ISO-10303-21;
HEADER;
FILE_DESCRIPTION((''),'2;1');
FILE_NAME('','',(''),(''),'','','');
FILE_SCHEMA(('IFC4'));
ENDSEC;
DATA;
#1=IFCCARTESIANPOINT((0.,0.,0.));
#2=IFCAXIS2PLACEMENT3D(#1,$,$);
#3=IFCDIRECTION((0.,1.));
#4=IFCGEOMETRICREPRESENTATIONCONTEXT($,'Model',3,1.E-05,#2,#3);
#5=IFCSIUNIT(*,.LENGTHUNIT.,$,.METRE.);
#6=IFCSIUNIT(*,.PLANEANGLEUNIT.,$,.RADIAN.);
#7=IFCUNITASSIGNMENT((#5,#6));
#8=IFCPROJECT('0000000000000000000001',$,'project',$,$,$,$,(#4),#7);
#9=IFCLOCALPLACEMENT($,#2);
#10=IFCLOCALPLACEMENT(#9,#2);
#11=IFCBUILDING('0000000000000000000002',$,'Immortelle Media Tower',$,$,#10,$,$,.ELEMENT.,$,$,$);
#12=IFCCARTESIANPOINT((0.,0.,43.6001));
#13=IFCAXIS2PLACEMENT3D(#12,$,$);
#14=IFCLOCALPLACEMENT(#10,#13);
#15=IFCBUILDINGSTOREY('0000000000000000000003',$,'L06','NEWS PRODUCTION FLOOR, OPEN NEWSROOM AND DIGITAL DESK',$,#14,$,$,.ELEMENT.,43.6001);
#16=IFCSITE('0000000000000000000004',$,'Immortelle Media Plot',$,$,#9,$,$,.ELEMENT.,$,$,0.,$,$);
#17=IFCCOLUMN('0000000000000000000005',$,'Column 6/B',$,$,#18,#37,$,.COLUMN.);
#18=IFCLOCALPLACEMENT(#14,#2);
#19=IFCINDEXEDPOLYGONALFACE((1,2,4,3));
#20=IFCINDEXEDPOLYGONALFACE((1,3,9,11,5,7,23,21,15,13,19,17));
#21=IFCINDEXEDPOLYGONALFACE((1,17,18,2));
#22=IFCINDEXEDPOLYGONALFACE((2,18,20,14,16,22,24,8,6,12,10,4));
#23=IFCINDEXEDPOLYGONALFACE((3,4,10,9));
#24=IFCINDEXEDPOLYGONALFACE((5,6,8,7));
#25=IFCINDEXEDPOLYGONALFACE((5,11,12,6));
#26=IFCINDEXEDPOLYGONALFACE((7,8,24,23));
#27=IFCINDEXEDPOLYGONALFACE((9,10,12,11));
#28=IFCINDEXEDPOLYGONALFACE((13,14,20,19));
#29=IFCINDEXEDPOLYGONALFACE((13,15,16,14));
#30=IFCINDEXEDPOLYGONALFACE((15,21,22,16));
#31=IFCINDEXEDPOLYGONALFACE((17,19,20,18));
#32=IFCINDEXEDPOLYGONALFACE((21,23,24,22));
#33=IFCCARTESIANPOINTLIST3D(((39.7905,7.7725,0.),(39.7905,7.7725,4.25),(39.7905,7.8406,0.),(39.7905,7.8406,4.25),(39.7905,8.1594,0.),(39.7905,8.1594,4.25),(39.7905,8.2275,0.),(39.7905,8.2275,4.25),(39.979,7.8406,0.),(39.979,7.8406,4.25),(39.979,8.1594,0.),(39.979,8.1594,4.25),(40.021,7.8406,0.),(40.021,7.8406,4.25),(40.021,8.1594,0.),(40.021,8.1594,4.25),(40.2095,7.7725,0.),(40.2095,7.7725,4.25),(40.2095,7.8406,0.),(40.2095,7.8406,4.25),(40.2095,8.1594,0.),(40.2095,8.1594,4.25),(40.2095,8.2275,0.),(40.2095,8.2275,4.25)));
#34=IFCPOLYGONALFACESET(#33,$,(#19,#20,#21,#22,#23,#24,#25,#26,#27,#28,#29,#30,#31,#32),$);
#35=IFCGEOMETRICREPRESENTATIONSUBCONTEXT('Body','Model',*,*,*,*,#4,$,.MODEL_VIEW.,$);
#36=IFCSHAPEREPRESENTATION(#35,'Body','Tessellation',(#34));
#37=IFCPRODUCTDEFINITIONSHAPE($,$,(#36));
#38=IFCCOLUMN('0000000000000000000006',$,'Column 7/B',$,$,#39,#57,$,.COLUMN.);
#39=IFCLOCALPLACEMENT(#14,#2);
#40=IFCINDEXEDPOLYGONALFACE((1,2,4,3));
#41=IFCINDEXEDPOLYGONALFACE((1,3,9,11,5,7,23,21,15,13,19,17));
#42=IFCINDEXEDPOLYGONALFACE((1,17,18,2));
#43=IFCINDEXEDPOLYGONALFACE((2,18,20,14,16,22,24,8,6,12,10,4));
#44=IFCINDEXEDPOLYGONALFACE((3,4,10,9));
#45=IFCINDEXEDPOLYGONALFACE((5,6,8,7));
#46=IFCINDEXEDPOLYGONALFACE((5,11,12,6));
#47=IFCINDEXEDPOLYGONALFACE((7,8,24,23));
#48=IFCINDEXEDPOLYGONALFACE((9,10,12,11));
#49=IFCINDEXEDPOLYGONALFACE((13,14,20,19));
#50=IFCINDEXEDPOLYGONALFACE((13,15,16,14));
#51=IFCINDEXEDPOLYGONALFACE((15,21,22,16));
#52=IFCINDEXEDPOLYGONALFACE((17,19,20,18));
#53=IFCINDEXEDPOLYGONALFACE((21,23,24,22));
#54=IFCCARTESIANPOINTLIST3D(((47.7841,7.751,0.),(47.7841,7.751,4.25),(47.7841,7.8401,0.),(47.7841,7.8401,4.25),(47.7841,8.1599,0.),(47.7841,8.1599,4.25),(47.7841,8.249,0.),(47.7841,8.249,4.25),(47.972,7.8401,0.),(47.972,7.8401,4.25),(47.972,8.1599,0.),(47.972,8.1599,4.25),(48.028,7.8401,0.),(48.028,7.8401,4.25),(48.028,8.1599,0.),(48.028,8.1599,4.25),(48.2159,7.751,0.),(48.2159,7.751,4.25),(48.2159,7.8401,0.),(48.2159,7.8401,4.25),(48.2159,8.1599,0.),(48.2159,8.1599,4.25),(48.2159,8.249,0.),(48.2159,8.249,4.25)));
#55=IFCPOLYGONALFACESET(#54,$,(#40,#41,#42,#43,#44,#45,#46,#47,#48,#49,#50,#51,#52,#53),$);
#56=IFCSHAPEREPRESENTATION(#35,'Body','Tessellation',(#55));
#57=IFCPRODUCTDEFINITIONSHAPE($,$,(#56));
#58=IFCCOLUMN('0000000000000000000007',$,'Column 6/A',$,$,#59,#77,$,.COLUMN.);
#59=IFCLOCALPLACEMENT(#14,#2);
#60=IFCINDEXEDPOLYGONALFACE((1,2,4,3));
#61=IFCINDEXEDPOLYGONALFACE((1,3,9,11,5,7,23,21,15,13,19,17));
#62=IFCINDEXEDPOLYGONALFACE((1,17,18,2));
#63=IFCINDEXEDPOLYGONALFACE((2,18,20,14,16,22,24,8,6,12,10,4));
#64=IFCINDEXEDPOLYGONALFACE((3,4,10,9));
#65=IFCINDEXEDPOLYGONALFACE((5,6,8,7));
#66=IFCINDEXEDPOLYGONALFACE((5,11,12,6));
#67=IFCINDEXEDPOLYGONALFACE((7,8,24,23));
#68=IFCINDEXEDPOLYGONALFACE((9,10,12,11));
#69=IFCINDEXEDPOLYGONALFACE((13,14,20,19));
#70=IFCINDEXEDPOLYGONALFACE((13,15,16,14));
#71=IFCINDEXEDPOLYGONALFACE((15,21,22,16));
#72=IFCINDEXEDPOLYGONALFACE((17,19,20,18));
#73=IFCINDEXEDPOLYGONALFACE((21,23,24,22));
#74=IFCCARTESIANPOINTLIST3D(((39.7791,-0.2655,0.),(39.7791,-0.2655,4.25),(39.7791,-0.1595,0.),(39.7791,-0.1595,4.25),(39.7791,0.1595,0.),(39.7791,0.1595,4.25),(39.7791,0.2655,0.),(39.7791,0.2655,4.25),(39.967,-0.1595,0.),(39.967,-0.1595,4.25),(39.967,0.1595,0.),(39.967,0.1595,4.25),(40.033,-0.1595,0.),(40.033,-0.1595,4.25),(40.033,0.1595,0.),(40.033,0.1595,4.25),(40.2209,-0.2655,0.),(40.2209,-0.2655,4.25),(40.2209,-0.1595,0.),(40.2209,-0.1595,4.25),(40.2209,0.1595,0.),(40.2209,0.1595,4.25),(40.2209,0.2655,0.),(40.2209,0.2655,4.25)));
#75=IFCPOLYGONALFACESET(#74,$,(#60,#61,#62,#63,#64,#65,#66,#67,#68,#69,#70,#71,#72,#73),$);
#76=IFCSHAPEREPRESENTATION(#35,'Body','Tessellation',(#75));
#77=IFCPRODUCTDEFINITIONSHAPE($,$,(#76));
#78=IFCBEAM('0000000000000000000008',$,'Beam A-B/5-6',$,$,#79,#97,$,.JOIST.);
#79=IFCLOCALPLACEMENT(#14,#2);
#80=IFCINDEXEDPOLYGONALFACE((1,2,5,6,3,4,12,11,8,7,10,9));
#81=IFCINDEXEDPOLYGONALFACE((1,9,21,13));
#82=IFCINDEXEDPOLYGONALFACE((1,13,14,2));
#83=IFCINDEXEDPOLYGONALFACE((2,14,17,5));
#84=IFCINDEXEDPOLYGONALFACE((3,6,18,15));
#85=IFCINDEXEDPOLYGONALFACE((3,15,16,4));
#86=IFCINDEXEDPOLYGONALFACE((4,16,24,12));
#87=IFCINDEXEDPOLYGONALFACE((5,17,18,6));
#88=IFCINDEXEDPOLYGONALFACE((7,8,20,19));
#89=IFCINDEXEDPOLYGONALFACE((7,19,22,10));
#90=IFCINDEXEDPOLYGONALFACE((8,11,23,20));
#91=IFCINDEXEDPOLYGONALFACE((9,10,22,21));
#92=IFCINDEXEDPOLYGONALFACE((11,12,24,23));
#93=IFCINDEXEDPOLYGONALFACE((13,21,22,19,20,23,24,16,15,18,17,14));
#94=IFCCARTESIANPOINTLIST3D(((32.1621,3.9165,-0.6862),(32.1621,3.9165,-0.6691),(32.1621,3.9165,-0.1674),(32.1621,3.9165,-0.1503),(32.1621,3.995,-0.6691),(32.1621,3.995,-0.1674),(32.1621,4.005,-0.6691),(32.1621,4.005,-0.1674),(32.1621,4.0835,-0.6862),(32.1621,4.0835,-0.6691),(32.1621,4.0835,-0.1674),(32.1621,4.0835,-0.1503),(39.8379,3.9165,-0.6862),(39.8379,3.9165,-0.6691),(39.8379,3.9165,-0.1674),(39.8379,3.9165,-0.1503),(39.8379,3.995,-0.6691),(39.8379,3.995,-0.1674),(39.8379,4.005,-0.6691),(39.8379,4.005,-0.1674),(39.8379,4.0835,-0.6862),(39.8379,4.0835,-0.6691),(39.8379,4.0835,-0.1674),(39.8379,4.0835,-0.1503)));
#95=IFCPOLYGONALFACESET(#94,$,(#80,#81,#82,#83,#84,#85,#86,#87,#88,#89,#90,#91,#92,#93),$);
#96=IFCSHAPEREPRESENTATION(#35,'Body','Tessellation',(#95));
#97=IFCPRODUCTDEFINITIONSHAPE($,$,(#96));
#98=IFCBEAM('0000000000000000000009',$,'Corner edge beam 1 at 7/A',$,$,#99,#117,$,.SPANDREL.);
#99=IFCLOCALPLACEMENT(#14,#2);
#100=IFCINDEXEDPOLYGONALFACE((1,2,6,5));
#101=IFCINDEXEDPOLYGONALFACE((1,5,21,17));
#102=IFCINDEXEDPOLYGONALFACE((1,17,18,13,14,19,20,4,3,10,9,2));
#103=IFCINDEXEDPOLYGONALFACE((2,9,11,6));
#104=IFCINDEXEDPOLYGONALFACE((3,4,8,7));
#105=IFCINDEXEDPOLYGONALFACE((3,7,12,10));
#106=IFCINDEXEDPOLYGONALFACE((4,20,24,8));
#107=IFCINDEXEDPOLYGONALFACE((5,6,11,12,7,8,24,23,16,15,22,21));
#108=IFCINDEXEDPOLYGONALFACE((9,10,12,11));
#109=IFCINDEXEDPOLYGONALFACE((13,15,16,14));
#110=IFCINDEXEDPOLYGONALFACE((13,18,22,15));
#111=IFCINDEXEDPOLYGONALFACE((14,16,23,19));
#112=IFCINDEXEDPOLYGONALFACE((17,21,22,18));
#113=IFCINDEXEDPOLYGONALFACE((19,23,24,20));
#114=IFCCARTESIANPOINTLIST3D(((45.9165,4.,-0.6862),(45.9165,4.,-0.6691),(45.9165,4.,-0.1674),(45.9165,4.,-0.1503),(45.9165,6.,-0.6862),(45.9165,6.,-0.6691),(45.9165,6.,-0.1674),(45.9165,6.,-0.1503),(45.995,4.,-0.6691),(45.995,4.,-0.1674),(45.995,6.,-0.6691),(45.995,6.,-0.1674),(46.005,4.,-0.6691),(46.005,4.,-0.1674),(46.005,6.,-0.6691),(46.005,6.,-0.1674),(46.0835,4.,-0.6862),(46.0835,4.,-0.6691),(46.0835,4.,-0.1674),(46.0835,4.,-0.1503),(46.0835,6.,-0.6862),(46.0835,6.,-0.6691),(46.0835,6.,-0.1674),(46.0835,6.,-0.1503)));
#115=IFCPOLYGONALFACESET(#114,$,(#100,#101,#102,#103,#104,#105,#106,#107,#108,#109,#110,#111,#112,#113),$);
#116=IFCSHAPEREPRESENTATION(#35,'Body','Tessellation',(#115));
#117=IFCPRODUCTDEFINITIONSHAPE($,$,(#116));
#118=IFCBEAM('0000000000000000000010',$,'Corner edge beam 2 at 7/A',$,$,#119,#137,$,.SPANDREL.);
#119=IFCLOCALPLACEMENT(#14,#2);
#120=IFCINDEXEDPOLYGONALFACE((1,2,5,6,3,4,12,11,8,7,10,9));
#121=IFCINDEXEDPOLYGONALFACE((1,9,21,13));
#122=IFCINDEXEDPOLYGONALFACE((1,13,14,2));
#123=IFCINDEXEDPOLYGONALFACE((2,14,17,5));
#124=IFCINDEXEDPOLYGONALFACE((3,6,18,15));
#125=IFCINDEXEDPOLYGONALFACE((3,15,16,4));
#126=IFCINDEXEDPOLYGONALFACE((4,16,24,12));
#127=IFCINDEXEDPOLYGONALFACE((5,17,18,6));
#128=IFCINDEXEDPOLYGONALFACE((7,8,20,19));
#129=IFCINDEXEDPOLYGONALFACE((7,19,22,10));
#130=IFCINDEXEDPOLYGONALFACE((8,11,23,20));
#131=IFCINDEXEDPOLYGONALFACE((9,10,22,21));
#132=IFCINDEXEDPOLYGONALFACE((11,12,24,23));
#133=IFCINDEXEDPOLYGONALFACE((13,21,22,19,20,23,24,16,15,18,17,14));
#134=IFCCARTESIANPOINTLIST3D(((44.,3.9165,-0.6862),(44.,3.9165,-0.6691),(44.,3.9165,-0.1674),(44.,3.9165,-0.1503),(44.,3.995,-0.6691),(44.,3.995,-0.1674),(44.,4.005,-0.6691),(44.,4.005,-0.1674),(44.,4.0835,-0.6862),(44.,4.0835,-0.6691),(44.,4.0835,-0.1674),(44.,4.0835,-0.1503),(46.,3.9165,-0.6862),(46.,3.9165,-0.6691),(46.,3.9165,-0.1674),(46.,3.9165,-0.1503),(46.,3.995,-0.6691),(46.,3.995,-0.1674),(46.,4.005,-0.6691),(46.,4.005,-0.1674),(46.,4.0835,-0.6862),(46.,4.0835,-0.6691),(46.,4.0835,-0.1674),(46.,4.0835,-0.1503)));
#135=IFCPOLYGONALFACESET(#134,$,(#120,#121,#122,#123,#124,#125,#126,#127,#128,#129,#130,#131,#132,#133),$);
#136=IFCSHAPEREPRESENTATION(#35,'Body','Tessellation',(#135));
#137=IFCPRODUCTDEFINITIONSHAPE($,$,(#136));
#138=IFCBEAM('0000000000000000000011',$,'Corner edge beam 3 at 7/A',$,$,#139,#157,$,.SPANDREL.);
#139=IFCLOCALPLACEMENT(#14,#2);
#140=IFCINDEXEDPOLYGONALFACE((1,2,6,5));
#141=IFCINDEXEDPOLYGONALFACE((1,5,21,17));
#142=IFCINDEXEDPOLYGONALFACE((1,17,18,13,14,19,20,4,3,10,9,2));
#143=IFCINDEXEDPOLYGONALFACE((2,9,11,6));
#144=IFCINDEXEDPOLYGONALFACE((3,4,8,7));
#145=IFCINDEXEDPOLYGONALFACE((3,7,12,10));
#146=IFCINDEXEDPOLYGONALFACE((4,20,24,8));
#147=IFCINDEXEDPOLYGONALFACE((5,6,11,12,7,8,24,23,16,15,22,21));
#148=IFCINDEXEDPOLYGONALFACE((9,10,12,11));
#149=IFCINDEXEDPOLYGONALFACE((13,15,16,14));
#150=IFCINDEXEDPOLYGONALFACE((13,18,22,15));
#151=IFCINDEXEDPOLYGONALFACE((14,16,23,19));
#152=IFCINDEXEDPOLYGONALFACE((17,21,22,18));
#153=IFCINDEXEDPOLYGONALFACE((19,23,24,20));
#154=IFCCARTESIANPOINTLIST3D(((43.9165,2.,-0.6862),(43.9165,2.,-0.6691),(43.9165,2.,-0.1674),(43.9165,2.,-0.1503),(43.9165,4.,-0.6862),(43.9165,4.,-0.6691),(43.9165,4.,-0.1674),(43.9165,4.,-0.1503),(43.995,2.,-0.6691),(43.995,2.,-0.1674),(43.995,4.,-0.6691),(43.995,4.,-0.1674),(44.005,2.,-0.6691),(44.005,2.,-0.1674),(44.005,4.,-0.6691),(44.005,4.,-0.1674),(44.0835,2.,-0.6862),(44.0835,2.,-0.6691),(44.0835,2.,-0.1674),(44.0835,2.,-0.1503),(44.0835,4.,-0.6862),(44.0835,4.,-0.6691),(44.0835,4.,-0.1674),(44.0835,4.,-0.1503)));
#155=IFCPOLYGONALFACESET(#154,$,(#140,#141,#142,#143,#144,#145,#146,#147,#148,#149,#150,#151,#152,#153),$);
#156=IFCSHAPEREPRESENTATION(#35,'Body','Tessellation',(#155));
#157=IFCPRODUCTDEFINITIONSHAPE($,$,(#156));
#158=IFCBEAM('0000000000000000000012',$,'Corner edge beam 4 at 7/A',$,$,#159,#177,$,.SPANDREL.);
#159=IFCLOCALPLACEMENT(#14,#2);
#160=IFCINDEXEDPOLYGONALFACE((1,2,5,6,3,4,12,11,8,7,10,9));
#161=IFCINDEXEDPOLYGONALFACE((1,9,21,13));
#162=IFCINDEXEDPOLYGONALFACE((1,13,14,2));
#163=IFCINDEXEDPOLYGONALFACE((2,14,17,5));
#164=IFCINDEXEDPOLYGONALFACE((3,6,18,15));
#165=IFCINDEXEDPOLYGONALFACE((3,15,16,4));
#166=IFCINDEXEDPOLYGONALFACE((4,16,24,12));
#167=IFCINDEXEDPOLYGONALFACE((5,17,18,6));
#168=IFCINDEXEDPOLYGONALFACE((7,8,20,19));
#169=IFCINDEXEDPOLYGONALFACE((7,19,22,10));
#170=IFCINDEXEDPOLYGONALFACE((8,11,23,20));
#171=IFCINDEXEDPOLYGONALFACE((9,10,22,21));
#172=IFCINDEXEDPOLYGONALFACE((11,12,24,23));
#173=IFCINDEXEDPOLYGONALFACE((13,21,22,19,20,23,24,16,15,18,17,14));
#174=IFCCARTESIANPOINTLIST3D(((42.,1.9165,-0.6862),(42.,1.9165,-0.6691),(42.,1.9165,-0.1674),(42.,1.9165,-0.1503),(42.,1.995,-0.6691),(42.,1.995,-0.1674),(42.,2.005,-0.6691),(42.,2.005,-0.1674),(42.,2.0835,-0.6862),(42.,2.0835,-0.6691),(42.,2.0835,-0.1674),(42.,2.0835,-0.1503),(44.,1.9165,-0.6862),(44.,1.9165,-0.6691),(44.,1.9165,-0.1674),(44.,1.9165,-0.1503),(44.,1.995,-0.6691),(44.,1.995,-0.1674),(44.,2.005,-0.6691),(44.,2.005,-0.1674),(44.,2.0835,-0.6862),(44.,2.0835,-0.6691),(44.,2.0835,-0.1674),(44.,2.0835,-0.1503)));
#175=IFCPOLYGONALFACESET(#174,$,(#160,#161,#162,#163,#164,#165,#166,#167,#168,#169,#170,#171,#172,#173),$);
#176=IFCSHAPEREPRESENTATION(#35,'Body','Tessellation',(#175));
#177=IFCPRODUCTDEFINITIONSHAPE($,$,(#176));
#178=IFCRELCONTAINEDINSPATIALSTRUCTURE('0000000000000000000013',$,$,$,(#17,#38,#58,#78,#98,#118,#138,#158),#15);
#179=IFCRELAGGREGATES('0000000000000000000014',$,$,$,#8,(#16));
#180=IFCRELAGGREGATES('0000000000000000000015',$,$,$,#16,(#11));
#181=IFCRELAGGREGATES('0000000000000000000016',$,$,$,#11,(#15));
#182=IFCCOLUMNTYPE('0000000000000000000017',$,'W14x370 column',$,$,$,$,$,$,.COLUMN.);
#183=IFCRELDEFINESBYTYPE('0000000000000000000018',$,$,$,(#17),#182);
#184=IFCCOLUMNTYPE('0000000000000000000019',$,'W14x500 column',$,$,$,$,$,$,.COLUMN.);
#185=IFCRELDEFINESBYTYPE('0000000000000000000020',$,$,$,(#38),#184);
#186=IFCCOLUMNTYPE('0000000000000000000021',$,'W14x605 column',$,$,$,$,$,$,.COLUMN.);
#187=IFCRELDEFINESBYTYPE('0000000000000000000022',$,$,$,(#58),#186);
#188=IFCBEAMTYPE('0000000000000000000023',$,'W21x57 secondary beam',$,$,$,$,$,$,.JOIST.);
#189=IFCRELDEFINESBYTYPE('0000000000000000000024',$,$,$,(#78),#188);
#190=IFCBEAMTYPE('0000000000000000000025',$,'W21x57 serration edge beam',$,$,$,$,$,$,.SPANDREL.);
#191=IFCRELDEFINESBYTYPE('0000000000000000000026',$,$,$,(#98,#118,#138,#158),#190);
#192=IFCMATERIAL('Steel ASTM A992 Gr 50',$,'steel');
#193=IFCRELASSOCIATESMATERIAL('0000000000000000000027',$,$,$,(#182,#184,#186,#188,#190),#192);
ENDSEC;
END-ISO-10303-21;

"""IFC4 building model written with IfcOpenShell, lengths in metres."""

from ifc_helpers import new_model, si_unit, direction, frame, origin, origin_2d, place, context, subcontext, project, spatial, i_section, extrude, material, material_profile, profile_set, type_object, element, save


model = new_model("IFC4")

# Units and contexts
model_context = context("Model", 3, precision=1e-05, world=origin(), true_north=direction((0.0, 1.0)))
body_context = subcontext(model_context, "Body", "Model", "MODEL_VIEW")
ifc_project = project(units=[si_unit("LENGTHUNIT", "METRE"), si_unit("PLANEANGLEUNIT", "RADIAN")], contexts=[model_context])

# Site, building, storey
site_placement = place(None, origin())
site = spatial("IfcSite", under=ifc_project, at=site_placement, Name="Immortelle Media Plot", CompositionType="ELEMENT", RefElevation=0.0)
building_placement = place(site_placement, origin())
building = spatial("IfcBuilding", under=site, at=building_placement, Name="Immortelle Media Tower", CompositionType="ELEMENT")
storey_placement = place(building_placement, frame((0.0, 0.0, 43.6001)))
storey = spatial("IfcBuildingStorey", under=building, at=storey_placement, Name="L06", Description="NEWS PRODUCTION FLOOR, OPEN NEWSROOM AND DIGITAL DESK", CompositionType="ELEMENT", Elevation=43.6001)

# Columns
ifc_material_1 = material(Name="Steel ASTM A992 Gr 50", Category="steel")
ifc_material_profile_1 = material_profile(ifc_material_1, i_section(OverallWidth=0.4189, OverallDepth=0.4551, WebThickness=0.042, FlangeThickness=0.0681, at=origin_2d()), Name="W14x370")
ifc_profile_set_1 = profile_set([ifc_material_profile_1], Name="Steel ASTM A992 Gr 50")
column_type_1 = type_object("IfcColumnType", Name="W14x370 column", PredefinedType="COLUMN", material=ifc_profile_set_1)
column_1_placement = place(storey_placement, frame((40.0, 8.0, 0.0), z_axis=(0.0, 0.0, 1.0), x_axis=(1.0, 0.0, 0.0)))
element("IfcColumn", 1, at=column_1_placement, inside=storey, type_object=column_type_1, Name="Column 6/B", PredefinedType="COLUMN", context=body_context, shape_type="SweptSolid", body=[
    extrude(i_section(OverallWidth=0.4189, OverallDepth=0.4551, WebThickness=0.042, FlangeThickness=0.0681, at=origin_2d()), origin(), (0.0, 0.0, 1.0), 4.25),
])
ifc_material_profile_2 = material_profile(ifc_material_1, i_section(OverallWidth=0.4319, OverallDepth=0.498, WebThickness=0.0559, FlangeThickness=0.0891, at=origin_2d()), Name="W14x500")
ifc_profile_set_2 = profile_set([ifc_material_profile_2], Name="Steel ASTM A992 Gr 50")
column_type_2 = type_object("IfcColumnType", Name="W14x500 column", PredefinedType="COLUMN", material=ifc_profile_set_2)
column_2_placement = place(storey_placement, frame((48.0, 8.0, 0.0), z_axis=(0.0, 0.0, 1.0), x_axis=(1.0, 0.0, 0.0)))
element("IfcColumn", 2, at=column_2_placement, inside=storey, type_object=column_type_2, Name="Column 7/B", PredefinedType="COLUMN", context=body_context, shape_type="SweptSolid", body=[
    extrude(i_section(OverallWidth=0.4319, OverallDepth=0.498, WebThickness=0.0559, FlangeThickness=0.0891, at=origin_2d()), origin(), (0.0, 0.0, 1.0), 4.25),
])
ifc_material_profile_3 = material_profile(ifc_material_1, i_section(OverallWidth=0.4419, OverallDepth=0.531, WebThickness=0.0659, FlangeThickness=0.106, at=origin_2d()), Name="W14x605")
ifc_profile_set_3 = profile_set([ifc_material_profile_3], Name="Steel ASTM A992 Gr 50")
column_type_3 = type_object("IfcColumnType", Name="W14x605 column", PredefinedType="COLUMN", material=ifc_profile_set_3)
column_3_placement = place(storey_placement, frame((40.0, 0.0, 0.0), z_axis=(0.0, 0.0, 1.0), x_axis=(1.0, 0.0, 0.0)))
element("IfcColumn", 3, at=column_3_placement, inside=storey, type_object=column_type_3, Name="Column 6/A", PredefinedType="COLUMN", context=body_context, shape_type="SweptSolid", body=[
    extrude(i_section(OverallWidth=0.4419, OverallDepth=0.531, WebThickness=0.0659, FlangeThickness=0.106, at=origin_2d()), origin(), (0.0, 0.0, 1.0), 4.25),
])

# Beams
ifc_material_profile_4 = material_profile(ifc_material_1, i_section(OverallWidth=0.167, OverallDepth=0.5359, WebThickness=0.01, FlangeThickness=0.0171, at=origin_2d()), Name="W21x57")
ifc_profile_set_4 = profile_set([ifc_material_profile_4], Name="Steel ASTM A992 Gr 50")
beam_type_1 = type_object("IfcBeamType", Name="W21x57 secondary beam", PredefinedType="JOIST", material=ifc_profile_set_4)
beam_1_placement = place(storey_placement, frame((32.1621, 4.0, -0.4182), z_axis=(1.0, 0.0, 0.0), x_axis=(0.0, 1.0, 0.0)))
element("IfcBeam", 4, at=beam_1_placement, inside=storey, type_object=beam_type_1, Name="Beam A-B/5-6", PredefinedType="JOIST", context=body_context, shape_type="SweptSolid", body=[
    extrude(i_section(OverallWidth=0.167, OverallDepth=0.5359, WebThickness=0.01, FlangeThickness=0.0171, at=origin_2d()), origin(), (0.0, 0.0, 1.0), 7.6758),
])
ifc_material_profile_5 = material_profile(ifc_material_1, i_section(OverallWidth=0.167, OverallDepth=0.5359, WebThickness=0.01, FlangeThickness=0.0171, at=origin_2d()), Name="W21x57")
ifc_profile_set_5 = profile_set([ifc_material_profile_5], Name="Steel ASTM A992 Gr 50")
beam_type_2 = type_object("IfcBeamType", Name="W21x57 serration edge beam", PredefinedType="SPANDREL", material=ifc_profile_set_5)
for number, where, z_axis, x_axis, name in (
    (5, (46.0, 6.0, -0.4182), (0.0, -1.0, 0.0), (1.0, 0.0, 0.0), "Corner edge beam 1 at 7/A"),
    (6, (46.0, 4.0, -0.4182), (-1.0, 0.0, 0.0), (0.0, -1.0, 0.0), "Corner edge beam 2 at 7/A"),
    (7, (44.0, 4.0, -0.4182), (0.0, -1.0, 0.0), (1.0, 0.0, 0.0), "Corner edge beam 3 at 7/A"),
    (8, (44.0, 2.0, -0.4182), (-1.0, 0.0, 0.0), (0.0, -1.0, 0.0), "Corner edge beam 4 at 7/A"),
):
    element("IfcBeam", number, at=place(storey_placement, frame(where, z_axis=z_axis, x_axis=x_axis)), inside=storey, type_object=beam_type_2, Name=name, PredefinedType="SPANDREL", context=body_context, shape_type="SweptSolid", body=[
        extrude(i_section(OverallWidth=0.167, OverallDepth=0.5359, WebThickness=0.01, FlangeThickness=0.0171, at=origin_2d()), origin(), (0.0, 0.0, 1.0), 2.0),
    ])

save(model, "model.ifc")
